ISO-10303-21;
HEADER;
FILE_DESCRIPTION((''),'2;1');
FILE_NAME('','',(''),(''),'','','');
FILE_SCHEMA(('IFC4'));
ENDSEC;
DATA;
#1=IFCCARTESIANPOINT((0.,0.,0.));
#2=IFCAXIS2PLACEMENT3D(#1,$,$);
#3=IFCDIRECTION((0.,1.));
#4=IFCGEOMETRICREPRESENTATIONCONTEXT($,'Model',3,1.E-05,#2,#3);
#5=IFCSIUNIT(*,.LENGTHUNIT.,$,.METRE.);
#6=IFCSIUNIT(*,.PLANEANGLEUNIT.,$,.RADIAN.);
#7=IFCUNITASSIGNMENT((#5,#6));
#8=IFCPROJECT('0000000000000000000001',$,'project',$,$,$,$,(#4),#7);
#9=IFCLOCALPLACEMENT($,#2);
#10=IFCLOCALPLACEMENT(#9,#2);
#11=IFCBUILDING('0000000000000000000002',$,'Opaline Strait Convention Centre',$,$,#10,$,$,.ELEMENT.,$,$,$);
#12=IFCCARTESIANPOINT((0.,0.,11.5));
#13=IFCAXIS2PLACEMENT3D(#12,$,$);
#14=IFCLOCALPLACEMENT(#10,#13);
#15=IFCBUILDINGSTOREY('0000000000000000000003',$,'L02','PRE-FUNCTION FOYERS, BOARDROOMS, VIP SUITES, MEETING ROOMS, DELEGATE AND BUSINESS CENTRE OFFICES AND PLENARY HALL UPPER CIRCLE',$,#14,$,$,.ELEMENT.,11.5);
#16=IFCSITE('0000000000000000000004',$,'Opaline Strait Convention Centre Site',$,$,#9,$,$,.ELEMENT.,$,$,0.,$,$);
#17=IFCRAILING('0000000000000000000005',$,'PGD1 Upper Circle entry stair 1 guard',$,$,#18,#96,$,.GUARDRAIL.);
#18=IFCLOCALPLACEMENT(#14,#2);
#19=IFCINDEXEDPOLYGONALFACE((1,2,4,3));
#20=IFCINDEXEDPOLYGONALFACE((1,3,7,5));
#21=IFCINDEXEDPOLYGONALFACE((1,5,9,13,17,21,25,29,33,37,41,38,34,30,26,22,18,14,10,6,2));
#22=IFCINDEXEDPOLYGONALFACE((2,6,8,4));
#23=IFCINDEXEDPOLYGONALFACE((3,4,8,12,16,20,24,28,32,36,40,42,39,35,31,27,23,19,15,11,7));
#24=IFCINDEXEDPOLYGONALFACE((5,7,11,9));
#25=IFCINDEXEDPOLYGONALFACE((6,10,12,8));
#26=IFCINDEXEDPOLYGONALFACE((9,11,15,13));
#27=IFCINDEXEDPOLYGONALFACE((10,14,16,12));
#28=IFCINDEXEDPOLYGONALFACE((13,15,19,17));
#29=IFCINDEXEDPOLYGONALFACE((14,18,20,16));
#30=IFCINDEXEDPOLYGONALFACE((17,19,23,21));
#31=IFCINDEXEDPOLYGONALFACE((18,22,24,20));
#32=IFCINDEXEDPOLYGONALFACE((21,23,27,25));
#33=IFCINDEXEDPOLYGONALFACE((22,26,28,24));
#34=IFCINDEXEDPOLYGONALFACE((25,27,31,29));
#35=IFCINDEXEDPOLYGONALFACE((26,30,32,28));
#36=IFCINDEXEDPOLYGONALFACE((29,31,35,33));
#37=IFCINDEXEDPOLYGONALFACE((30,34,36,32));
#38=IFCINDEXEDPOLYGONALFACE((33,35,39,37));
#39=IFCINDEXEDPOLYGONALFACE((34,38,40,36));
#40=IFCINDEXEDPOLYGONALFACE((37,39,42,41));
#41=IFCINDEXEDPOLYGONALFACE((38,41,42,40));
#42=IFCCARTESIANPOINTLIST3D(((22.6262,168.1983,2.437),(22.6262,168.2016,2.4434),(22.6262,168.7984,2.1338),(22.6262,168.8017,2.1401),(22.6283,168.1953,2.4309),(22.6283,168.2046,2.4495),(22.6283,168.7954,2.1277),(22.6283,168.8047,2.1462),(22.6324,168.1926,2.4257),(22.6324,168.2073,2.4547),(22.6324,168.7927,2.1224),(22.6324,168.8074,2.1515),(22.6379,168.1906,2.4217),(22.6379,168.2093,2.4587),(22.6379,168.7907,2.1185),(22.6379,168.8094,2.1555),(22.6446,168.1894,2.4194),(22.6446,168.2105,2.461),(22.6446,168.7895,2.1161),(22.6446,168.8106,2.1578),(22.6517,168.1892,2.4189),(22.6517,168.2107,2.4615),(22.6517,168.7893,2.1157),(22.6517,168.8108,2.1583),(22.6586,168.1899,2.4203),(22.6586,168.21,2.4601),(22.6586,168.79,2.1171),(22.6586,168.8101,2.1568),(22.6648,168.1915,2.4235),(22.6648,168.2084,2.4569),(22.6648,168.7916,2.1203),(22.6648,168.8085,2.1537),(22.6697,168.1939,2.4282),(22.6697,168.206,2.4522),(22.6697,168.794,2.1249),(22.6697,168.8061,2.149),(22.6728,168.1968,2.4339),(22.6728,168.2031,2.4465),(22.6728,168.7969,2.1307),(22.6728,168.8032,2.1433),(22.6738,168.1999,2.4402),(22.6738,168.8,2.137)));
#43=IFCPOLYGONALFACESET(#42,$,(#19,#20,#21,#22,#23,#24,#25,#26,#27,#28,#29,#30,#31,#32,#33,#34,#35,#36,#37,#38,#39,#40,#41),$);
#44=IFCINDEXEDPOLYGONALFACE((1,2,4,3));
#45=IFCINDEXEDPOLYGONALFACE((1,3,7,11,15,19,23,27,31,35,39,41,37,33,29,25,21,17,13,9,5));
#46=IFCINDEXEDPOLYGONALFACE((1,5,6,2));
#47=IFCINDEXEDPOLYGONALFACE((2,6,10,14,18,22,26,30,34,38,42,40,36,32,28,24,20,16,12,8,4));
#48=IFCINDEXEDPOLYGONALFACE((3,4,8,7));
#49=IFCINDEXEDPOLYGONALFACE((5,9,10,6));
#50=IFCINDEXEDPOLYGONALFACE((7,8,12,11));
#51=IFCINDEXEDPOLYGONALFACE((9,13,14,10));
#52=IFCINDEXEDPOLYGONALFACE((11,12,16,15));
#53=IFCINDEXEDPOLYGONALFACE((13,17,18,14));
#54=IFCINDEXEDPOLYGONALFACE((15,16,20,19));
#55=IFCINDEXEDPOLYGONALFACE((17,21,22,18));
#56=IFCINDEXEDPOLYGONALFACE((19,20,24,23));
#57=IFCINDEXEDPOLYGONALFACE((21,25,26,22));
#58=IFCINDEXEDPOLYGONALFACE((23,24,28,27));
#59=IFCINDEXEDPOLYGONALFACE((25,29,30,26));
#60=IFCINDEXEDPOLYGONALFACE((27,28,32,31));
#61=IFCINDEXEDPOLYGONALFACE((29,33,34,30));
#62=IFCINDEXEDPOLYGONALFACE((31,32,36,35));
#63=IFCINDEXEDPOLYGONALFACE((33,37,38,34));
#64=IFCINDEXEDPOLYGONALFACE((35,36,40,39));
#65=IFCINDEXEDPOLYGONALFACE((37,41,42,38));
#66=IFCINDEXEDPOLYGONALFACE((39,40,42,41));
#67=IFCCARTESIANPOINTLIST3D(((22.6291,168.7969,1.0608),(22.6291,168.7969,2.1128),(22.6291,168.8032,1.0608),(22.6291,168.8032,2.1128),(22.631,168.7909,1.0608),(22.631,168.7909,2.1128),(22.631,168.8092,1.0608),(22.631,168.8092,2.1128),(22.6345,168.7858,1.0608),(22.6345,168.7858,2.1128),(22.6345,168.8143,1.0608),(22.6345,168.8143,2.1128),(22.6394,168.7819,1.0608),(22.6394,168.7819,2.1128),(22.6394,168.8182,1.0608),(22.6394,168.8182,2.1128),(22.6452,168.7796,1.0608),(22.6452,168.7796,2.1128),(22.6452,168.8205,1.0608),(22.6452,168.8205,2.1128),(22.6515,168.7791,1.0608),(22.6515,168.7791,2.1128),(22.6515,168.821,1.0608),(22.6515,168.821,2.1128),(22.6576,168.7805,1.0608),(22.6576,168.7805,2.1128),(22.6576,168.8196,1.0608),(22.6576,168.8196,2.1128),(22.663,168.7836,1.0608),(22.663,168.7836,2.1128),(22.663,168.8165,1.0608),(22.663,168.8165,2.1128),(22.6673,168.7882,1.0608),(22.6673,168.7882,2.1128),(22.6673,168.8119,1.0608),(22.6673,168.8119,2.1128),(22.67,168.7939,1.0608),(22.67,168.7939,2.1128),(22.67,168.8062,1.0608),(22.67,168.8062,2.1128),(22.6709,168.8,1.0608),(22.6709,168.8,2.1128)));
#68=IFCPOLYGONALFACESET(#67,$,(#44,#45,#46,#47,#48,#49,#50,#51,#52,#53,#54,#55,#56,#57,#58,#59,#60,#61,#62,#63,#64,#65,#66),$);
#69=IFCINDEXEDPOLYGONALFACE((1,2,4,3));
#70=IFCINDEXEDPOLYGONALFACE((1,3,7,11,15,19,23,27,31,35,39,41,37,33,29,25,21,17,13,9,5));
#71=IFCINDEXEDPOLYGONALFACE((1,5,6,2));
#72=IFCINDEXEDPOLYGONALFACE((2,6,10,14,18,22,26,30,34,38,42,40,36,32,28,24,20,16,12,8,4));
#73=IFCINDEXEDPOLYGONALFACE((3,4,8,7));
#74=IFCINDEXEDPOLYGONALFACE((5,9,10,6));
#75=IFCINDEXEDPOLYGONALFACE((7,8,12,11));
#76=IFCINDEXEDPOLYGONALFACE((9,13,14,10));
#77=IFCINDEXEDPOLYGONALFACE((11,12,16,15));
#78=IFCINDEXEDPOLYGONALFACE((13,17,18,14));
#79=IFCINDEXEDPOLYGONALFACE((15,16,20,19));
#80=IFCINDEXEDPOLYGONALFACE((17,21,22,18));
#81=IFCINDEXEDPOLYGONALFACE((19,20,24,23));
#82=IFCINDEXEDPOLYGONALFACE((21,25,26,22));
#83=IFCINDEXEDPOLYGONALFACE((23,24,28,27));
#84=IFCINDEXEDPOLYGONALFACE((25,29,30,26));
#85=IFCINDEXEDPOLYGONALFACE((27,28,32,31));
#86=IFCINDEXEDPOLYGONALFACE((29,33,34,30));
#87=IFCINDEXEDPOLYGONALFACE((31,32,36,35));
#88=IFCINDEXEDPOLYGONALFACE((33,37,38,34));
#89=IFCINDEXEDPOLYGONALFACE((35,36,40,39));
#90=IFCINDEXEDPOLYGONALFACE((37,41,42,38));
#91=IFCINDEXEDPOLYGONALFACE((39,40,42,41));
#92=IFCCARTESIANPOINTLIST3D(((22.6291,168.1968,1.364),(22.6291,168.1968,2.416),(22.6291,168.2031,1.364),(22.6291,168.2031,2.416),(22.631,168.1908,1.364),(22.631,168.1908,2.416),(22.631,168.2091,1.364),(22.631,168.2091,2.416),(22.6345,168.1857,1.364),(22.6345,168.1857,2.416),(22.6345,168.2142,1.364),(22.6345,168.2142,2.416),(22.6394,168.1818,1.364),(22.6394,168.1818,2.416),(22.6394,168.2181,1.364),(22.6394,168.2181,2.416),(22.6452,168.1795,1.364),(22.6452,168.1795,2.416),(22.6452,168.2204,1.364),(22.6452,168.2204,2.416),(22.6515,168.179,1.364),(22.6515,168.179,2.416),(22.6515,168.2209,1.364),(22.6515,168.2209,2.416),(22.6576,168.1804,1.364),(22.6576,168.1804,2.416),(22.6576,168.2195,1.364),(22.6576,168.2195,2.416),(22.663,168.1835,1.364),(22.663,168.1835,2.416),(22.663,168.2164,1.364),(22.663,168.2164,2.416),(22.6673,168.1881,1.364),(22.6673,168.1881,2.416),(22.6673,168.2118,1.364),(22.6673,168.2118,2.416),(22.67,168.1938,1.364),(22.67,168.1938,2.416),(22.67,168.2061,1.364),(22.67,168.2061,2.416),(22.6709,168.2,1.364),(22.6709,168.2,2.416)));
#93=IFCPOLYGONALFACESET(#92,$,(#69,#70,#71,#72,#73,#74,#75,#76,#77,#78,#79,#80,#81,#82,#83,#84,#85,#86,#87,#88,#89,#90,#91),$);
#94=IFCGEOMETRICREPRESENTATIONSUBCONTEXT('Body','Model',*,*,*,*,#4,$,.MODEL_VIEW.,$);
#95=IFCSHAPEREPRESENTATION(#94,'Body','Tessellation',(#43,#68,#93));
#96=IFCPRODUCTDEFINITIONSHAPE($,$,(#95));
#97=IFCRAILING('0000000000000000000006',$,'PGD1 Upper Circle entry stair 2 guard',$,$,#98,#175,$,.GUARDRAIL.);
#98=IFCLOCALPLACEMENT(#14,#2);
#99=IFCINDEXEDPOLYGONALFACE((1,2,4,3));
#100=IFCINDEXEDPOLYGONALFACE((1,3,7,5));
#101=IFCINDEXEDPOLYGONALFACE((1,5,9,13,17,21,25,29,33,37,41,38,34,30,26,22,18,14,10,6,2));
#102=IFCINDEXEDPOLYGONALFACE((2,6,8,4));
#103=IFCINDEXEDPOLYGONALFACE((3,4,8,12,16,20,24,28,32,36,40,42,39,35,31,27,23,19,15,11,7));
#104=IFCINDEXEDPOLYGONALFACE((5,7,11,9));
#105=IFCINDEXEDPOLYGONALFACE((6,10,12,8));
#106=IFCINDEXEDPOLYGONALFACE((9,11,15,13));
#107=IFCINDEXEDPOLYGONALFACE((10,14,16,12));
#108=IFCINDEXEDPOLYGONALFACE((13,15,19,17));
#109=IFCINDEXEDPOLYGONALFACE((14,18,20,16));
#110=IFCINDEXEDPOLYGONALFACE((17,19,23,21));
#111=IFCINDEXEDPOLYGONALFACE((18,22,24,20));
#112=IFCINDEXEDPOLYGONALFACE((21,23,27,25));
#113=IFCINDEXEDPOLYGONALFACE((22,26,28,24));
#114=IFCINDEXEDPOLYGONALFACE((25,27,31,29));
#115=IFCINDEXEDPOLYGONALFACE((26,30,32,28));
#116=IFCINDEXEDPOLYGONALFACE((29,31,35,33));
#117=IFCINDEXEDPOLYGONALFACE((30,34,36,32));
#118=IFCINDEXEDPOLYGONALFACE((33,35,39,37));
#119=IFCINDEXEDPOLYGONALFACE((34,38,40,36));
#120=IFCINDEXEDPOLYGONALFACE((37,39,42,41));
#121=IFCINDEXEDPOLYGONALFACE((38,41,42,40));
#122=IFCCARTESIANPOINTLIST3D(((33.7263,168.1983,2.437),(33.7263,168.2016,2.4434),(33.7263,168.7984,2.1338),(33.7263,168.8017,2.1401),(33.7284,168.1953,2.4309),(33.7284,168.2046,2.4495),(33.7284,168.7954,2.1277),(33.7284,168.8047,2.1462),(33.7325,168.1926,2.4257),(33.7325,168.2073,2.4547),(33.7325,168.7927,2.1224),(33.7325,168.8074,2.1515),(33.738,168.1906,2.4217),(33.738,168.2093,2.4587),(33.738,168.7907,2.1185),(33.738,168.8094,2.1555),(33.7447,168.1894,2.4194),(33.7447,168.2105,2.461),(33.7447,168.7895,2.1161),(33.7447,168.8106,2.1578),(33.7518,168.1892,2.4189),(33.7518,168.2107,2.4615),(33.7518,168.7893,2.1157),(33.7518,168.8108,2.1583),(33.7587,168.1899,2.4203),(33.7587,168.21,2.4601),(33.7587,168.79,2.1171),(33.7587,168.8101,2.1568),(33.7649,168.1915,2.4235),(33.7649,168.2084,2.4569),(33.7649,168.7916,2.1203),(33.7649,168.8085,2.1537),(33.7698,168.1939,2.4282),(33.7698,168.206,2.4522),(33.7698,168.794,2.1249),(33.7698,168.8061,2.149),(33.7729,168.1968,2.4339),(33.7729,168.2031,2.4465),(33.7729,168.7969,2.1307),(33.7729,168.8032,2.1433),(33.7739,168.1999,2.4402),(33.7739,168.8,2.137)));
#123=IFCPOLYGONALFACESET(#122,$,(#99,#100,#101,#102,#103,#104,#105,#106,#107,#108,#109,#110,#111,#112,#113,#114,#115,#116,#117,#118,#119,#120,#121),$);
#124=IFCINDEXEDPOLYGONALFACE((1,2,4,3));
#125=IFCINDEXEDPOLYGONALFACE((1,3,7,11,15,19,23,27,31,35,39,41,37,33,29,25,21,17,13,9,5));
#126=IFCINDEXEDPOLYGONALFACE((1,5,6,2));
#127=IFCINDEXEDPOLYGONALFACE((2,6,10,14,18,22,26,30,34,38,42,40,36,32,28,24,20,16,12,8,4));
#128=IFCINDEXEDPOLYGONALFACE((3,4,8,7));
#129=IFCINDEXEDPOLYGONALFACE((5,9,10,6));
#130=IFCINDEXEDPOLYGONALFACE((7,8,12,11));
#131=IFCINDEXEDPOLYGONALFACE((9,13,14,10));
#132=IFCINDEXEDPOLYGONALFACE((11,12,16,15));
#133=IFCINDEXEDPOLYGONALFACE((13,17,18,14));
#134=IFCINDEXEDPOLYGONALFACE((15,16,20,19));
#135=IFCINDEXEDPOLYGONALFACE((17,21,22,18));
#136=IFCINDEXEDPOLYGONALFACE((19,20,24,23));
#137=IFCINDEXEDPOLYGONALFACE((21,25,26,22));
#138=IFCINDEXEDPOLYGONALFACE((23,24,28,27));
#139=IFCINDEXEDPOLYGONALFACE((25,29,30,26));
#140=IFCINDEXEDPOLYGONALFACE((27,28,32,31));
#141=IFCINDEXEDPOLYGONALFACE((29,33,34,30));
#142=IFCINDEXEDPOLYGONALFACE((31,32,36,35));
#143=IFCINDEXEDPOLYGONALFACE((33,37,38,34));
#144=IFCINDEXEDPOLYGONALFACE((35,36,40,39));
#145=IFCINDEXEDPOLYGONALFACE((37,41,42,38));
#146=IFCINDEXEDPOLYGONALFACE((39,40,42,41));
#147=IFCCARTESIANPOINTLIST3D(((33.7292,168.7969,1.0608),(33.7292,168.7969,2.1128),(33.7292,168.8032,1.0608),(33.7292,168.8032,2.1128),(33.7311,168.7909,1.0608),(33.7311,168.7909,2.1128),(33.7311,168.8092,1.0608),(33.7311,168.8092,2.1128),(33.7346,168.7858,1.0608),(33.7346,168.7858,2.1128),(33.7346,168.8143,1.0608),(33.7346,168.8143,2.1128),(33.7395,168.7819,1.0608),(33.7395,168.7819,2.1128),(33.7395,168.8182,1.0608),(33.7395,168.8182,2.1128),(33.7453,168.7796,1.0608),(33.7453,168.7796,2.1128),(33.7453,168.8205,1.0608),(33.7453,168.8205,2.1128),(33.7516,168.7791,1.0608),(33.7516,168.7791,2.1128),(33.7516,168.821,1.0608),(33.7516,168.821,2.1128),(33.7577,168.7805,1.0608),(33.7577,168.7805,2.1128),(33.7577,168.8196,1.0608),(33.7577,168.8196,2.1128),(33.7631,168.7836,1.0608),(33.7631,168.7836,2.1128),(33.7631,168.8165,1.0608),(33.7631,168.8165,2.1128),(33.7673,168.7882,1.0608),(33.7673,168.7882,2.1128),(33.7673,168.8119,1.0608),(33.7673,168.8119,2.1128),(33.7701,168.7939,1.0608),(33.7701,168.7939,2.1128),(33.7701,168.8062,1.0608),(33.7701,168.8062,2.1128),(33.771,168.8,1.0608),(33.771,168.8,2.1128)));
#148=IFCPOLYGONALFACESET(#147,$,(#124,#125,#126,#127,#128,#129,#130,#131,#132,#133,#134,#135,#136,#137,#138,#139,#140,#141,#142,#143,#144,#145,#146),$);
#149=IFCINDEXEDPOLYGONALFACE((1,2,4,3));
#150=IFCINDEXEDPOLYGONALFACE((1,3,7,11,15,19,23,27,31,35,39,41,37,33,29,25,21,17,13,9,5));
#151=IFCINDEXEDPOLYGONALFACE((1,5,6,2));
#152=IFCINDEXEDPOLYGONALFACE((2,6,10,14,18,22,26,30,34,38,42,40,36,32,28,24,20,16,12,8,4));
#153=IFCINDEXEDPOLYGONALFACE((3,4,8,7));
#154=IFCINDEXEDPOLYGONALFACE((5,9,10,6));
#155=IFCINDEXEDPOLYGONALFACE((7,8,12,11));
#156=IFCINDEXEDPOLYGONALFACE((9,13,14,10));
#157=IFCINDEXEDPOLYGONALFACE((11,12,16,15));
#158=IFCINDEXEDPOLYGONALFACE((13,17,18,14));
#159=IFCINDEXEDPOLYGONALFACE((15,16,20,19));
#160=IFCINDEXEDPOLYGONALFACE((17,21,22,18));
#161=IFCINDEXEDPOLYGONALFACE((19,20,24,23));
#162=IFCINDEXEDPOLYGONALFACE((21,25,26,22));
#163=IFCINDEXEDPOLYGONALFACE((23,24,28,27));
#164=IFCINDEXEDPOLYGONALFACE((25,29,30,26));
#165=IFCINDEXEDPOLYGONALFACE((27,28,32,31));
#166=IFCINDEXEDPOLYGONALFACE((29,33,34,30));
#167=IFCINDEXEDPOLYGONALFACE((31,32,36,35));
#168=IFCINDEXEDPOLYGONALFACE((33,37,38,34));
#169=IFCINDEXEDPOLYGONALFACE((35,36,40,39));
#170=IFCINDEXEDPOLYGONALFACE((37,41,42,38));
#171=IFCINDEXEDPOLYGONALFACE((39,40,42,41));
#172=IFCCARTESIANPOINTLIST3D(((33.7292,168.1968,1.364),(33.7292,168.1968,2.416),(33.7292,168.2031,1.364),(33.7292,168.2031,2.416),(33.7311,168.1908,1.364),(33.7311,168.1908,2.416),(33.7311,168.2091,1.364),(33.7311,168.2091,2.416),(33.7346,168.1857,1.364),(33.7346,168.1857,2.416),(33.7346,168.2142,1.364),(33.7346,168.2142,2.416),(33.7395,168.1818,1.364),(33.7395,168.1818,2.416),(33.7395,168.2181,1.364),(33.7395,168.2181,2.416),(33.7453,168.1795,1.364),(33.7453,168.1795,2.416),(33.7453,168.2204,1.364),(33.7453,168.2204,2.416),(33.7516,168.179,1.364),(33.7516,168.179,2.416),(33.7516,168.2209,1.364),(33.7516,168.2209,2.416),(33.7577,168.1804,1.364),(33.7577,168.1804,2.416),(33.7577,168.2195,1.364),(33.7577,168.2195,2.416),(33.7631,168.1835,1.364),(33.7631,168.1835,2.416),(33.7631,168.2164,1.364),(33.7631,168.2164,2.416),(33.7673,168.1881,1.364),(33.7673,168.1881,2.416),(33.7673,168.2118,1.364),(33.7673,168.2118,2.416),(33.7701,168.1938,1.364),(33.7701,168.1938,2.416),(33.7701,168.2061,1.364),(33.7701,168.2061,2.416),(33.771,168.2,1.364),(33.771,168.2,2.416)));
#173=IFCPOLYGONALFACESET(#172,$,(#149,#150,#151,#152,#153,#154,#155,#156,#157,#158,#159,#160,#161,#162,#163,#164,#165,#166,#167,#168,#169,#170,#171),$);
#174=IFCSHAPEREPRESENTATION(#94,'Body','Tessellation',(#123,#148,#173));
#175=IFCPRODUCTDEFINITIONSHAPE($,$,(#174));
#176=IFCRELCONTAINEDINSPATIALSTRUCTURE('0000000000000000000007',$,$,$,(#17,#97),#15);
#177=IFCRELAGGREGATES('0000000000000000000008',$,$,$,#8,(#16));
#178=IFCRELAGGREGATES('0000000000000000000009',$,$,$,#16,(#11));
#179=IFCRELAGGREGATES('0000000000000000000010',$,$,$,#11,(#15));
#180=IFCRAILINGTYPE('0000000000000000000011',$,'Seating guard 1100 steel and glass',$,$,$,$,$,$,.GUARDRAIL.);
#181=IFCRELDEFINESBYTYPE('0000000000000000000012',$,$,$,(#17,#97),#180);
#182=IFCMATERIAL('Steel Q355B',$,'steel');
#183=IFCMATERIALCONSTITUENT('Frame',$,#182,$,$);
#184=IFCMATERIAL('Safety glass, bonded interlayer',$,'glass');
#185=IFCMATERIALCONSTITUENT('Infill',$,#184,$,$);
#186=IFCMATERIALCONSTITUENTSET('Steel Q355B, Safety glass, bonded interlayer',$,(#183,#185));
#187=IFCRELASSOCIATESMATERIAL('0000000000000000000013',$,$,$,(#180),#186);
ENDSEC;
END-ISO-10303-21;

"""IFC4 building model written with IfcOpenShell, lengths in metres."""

from ifc_helpers import new_model, si_unit, direction, frame, origin, origin_2d, place, context, subcontext, project, spatial, circle, extrude, material, constituent, constituent_set, type_object, element, save


model = new_model("IFC4")

# Units and contexts
model_context = context("Model", 3, precision=1e-05, world=origin(), true_north=direction((0.0, 1.0)))
body_context = subcontext(model_context, "Body", "Model", "MODEL_VIEW")
ifc_project = project(units=[si_unit("LENGTHUNIT", "METRE"), si_unit("PLANEANGLEUNIT", "RADIAN")], contexts=[model_context])

# Site, building, storey
site_placement = place(None, origin())
site = spatial("IfcSite", under=ifc_project, at=site_placement, Name="Opaline Strait Convention Centre Site", CompositionType="ELEMENT", RefElevation=0.0)
building_placement = place(site_placement, origin())
building = spatial("IfcBuilding", under=site, at=building_placement, Name="Opaline Strait Convention Centre", CompositionType="ELEMENT")
storey_placement = place(building_placement, frame((0.0, 0.0, 11.5)))
storey = spatial("IfcBuildingStorey", under=building, at=storey_placement, Name="L02", Description="PRE-FUNCTION FOYERS, BOARDROOMS, VIP SUITES, MEETING ROOMS, DELEGATE AND BUSINESS CENTRE OFFICES AND PLENARY HALL UPPER CIRCLE", CompositionType="ELEMENT", Elevation=11.5)

# Shared definitions
ifc_material_1 = material(Name="Steel Q355B", Category="steel")

# Railings
ifc_constituent_1 = constituent(ifc_material_1, Name="Frame")
ifc_material_2 = material(Name="Safety glass, bonded interlayer", Category="glass")
ifc_constituent_2 = constituent(ifc_material_2, Name="Infill")
ifc_constituent_set = constituent_set(constituents=[ifc_constituent_1, ifc_constituent_2], Name="Steel Q355B, Safety glass, bonded interlayer")
railing_type = type_object("IfcRailingType", Name="Seating guard 1100 steel and glass", PredefinedType="GUARDRAIL", material=ifc_constituent_set)
for number, where, name in (
    (1, (22.6499, 168.8, 1.0608), "PGD1 Upper Circle entry stair 1 guard"),
    (2, (33.75, 168.8, 1.0608), "PGD1 Upper Circle entry stair 2 guard"),
):
    element("IfcRailing", number, at=place(storey_placement, frame(where)), inside=storey, type_object=railing_type, Name=name, PredefinedType="GUARDRAIL", context=body_context, shape_type="SweptSolid", body=[
        extrude(circle(Radius=0.0239, at=origin_2d()), frame((0.0, 0.0, 1.0762), z_axis=(0.0, -0.892531, 0.450986), x_axis=(1.0, 0.0, 0.0)), (0.0, 0.0, 1.0), 0.6724),
        extrude(circle(Radius=0.021, at=origin_2d()), origin(), (0.0, 0.0, 1.0), 1.052),
        extrude(circle(Radius=0.021, at=origin_2d()), frame((0.0, -0.6001, 0.3032)), (0.0, 0.0, 1.0), 1.052),
    ])

save(model, "model.ifc")
